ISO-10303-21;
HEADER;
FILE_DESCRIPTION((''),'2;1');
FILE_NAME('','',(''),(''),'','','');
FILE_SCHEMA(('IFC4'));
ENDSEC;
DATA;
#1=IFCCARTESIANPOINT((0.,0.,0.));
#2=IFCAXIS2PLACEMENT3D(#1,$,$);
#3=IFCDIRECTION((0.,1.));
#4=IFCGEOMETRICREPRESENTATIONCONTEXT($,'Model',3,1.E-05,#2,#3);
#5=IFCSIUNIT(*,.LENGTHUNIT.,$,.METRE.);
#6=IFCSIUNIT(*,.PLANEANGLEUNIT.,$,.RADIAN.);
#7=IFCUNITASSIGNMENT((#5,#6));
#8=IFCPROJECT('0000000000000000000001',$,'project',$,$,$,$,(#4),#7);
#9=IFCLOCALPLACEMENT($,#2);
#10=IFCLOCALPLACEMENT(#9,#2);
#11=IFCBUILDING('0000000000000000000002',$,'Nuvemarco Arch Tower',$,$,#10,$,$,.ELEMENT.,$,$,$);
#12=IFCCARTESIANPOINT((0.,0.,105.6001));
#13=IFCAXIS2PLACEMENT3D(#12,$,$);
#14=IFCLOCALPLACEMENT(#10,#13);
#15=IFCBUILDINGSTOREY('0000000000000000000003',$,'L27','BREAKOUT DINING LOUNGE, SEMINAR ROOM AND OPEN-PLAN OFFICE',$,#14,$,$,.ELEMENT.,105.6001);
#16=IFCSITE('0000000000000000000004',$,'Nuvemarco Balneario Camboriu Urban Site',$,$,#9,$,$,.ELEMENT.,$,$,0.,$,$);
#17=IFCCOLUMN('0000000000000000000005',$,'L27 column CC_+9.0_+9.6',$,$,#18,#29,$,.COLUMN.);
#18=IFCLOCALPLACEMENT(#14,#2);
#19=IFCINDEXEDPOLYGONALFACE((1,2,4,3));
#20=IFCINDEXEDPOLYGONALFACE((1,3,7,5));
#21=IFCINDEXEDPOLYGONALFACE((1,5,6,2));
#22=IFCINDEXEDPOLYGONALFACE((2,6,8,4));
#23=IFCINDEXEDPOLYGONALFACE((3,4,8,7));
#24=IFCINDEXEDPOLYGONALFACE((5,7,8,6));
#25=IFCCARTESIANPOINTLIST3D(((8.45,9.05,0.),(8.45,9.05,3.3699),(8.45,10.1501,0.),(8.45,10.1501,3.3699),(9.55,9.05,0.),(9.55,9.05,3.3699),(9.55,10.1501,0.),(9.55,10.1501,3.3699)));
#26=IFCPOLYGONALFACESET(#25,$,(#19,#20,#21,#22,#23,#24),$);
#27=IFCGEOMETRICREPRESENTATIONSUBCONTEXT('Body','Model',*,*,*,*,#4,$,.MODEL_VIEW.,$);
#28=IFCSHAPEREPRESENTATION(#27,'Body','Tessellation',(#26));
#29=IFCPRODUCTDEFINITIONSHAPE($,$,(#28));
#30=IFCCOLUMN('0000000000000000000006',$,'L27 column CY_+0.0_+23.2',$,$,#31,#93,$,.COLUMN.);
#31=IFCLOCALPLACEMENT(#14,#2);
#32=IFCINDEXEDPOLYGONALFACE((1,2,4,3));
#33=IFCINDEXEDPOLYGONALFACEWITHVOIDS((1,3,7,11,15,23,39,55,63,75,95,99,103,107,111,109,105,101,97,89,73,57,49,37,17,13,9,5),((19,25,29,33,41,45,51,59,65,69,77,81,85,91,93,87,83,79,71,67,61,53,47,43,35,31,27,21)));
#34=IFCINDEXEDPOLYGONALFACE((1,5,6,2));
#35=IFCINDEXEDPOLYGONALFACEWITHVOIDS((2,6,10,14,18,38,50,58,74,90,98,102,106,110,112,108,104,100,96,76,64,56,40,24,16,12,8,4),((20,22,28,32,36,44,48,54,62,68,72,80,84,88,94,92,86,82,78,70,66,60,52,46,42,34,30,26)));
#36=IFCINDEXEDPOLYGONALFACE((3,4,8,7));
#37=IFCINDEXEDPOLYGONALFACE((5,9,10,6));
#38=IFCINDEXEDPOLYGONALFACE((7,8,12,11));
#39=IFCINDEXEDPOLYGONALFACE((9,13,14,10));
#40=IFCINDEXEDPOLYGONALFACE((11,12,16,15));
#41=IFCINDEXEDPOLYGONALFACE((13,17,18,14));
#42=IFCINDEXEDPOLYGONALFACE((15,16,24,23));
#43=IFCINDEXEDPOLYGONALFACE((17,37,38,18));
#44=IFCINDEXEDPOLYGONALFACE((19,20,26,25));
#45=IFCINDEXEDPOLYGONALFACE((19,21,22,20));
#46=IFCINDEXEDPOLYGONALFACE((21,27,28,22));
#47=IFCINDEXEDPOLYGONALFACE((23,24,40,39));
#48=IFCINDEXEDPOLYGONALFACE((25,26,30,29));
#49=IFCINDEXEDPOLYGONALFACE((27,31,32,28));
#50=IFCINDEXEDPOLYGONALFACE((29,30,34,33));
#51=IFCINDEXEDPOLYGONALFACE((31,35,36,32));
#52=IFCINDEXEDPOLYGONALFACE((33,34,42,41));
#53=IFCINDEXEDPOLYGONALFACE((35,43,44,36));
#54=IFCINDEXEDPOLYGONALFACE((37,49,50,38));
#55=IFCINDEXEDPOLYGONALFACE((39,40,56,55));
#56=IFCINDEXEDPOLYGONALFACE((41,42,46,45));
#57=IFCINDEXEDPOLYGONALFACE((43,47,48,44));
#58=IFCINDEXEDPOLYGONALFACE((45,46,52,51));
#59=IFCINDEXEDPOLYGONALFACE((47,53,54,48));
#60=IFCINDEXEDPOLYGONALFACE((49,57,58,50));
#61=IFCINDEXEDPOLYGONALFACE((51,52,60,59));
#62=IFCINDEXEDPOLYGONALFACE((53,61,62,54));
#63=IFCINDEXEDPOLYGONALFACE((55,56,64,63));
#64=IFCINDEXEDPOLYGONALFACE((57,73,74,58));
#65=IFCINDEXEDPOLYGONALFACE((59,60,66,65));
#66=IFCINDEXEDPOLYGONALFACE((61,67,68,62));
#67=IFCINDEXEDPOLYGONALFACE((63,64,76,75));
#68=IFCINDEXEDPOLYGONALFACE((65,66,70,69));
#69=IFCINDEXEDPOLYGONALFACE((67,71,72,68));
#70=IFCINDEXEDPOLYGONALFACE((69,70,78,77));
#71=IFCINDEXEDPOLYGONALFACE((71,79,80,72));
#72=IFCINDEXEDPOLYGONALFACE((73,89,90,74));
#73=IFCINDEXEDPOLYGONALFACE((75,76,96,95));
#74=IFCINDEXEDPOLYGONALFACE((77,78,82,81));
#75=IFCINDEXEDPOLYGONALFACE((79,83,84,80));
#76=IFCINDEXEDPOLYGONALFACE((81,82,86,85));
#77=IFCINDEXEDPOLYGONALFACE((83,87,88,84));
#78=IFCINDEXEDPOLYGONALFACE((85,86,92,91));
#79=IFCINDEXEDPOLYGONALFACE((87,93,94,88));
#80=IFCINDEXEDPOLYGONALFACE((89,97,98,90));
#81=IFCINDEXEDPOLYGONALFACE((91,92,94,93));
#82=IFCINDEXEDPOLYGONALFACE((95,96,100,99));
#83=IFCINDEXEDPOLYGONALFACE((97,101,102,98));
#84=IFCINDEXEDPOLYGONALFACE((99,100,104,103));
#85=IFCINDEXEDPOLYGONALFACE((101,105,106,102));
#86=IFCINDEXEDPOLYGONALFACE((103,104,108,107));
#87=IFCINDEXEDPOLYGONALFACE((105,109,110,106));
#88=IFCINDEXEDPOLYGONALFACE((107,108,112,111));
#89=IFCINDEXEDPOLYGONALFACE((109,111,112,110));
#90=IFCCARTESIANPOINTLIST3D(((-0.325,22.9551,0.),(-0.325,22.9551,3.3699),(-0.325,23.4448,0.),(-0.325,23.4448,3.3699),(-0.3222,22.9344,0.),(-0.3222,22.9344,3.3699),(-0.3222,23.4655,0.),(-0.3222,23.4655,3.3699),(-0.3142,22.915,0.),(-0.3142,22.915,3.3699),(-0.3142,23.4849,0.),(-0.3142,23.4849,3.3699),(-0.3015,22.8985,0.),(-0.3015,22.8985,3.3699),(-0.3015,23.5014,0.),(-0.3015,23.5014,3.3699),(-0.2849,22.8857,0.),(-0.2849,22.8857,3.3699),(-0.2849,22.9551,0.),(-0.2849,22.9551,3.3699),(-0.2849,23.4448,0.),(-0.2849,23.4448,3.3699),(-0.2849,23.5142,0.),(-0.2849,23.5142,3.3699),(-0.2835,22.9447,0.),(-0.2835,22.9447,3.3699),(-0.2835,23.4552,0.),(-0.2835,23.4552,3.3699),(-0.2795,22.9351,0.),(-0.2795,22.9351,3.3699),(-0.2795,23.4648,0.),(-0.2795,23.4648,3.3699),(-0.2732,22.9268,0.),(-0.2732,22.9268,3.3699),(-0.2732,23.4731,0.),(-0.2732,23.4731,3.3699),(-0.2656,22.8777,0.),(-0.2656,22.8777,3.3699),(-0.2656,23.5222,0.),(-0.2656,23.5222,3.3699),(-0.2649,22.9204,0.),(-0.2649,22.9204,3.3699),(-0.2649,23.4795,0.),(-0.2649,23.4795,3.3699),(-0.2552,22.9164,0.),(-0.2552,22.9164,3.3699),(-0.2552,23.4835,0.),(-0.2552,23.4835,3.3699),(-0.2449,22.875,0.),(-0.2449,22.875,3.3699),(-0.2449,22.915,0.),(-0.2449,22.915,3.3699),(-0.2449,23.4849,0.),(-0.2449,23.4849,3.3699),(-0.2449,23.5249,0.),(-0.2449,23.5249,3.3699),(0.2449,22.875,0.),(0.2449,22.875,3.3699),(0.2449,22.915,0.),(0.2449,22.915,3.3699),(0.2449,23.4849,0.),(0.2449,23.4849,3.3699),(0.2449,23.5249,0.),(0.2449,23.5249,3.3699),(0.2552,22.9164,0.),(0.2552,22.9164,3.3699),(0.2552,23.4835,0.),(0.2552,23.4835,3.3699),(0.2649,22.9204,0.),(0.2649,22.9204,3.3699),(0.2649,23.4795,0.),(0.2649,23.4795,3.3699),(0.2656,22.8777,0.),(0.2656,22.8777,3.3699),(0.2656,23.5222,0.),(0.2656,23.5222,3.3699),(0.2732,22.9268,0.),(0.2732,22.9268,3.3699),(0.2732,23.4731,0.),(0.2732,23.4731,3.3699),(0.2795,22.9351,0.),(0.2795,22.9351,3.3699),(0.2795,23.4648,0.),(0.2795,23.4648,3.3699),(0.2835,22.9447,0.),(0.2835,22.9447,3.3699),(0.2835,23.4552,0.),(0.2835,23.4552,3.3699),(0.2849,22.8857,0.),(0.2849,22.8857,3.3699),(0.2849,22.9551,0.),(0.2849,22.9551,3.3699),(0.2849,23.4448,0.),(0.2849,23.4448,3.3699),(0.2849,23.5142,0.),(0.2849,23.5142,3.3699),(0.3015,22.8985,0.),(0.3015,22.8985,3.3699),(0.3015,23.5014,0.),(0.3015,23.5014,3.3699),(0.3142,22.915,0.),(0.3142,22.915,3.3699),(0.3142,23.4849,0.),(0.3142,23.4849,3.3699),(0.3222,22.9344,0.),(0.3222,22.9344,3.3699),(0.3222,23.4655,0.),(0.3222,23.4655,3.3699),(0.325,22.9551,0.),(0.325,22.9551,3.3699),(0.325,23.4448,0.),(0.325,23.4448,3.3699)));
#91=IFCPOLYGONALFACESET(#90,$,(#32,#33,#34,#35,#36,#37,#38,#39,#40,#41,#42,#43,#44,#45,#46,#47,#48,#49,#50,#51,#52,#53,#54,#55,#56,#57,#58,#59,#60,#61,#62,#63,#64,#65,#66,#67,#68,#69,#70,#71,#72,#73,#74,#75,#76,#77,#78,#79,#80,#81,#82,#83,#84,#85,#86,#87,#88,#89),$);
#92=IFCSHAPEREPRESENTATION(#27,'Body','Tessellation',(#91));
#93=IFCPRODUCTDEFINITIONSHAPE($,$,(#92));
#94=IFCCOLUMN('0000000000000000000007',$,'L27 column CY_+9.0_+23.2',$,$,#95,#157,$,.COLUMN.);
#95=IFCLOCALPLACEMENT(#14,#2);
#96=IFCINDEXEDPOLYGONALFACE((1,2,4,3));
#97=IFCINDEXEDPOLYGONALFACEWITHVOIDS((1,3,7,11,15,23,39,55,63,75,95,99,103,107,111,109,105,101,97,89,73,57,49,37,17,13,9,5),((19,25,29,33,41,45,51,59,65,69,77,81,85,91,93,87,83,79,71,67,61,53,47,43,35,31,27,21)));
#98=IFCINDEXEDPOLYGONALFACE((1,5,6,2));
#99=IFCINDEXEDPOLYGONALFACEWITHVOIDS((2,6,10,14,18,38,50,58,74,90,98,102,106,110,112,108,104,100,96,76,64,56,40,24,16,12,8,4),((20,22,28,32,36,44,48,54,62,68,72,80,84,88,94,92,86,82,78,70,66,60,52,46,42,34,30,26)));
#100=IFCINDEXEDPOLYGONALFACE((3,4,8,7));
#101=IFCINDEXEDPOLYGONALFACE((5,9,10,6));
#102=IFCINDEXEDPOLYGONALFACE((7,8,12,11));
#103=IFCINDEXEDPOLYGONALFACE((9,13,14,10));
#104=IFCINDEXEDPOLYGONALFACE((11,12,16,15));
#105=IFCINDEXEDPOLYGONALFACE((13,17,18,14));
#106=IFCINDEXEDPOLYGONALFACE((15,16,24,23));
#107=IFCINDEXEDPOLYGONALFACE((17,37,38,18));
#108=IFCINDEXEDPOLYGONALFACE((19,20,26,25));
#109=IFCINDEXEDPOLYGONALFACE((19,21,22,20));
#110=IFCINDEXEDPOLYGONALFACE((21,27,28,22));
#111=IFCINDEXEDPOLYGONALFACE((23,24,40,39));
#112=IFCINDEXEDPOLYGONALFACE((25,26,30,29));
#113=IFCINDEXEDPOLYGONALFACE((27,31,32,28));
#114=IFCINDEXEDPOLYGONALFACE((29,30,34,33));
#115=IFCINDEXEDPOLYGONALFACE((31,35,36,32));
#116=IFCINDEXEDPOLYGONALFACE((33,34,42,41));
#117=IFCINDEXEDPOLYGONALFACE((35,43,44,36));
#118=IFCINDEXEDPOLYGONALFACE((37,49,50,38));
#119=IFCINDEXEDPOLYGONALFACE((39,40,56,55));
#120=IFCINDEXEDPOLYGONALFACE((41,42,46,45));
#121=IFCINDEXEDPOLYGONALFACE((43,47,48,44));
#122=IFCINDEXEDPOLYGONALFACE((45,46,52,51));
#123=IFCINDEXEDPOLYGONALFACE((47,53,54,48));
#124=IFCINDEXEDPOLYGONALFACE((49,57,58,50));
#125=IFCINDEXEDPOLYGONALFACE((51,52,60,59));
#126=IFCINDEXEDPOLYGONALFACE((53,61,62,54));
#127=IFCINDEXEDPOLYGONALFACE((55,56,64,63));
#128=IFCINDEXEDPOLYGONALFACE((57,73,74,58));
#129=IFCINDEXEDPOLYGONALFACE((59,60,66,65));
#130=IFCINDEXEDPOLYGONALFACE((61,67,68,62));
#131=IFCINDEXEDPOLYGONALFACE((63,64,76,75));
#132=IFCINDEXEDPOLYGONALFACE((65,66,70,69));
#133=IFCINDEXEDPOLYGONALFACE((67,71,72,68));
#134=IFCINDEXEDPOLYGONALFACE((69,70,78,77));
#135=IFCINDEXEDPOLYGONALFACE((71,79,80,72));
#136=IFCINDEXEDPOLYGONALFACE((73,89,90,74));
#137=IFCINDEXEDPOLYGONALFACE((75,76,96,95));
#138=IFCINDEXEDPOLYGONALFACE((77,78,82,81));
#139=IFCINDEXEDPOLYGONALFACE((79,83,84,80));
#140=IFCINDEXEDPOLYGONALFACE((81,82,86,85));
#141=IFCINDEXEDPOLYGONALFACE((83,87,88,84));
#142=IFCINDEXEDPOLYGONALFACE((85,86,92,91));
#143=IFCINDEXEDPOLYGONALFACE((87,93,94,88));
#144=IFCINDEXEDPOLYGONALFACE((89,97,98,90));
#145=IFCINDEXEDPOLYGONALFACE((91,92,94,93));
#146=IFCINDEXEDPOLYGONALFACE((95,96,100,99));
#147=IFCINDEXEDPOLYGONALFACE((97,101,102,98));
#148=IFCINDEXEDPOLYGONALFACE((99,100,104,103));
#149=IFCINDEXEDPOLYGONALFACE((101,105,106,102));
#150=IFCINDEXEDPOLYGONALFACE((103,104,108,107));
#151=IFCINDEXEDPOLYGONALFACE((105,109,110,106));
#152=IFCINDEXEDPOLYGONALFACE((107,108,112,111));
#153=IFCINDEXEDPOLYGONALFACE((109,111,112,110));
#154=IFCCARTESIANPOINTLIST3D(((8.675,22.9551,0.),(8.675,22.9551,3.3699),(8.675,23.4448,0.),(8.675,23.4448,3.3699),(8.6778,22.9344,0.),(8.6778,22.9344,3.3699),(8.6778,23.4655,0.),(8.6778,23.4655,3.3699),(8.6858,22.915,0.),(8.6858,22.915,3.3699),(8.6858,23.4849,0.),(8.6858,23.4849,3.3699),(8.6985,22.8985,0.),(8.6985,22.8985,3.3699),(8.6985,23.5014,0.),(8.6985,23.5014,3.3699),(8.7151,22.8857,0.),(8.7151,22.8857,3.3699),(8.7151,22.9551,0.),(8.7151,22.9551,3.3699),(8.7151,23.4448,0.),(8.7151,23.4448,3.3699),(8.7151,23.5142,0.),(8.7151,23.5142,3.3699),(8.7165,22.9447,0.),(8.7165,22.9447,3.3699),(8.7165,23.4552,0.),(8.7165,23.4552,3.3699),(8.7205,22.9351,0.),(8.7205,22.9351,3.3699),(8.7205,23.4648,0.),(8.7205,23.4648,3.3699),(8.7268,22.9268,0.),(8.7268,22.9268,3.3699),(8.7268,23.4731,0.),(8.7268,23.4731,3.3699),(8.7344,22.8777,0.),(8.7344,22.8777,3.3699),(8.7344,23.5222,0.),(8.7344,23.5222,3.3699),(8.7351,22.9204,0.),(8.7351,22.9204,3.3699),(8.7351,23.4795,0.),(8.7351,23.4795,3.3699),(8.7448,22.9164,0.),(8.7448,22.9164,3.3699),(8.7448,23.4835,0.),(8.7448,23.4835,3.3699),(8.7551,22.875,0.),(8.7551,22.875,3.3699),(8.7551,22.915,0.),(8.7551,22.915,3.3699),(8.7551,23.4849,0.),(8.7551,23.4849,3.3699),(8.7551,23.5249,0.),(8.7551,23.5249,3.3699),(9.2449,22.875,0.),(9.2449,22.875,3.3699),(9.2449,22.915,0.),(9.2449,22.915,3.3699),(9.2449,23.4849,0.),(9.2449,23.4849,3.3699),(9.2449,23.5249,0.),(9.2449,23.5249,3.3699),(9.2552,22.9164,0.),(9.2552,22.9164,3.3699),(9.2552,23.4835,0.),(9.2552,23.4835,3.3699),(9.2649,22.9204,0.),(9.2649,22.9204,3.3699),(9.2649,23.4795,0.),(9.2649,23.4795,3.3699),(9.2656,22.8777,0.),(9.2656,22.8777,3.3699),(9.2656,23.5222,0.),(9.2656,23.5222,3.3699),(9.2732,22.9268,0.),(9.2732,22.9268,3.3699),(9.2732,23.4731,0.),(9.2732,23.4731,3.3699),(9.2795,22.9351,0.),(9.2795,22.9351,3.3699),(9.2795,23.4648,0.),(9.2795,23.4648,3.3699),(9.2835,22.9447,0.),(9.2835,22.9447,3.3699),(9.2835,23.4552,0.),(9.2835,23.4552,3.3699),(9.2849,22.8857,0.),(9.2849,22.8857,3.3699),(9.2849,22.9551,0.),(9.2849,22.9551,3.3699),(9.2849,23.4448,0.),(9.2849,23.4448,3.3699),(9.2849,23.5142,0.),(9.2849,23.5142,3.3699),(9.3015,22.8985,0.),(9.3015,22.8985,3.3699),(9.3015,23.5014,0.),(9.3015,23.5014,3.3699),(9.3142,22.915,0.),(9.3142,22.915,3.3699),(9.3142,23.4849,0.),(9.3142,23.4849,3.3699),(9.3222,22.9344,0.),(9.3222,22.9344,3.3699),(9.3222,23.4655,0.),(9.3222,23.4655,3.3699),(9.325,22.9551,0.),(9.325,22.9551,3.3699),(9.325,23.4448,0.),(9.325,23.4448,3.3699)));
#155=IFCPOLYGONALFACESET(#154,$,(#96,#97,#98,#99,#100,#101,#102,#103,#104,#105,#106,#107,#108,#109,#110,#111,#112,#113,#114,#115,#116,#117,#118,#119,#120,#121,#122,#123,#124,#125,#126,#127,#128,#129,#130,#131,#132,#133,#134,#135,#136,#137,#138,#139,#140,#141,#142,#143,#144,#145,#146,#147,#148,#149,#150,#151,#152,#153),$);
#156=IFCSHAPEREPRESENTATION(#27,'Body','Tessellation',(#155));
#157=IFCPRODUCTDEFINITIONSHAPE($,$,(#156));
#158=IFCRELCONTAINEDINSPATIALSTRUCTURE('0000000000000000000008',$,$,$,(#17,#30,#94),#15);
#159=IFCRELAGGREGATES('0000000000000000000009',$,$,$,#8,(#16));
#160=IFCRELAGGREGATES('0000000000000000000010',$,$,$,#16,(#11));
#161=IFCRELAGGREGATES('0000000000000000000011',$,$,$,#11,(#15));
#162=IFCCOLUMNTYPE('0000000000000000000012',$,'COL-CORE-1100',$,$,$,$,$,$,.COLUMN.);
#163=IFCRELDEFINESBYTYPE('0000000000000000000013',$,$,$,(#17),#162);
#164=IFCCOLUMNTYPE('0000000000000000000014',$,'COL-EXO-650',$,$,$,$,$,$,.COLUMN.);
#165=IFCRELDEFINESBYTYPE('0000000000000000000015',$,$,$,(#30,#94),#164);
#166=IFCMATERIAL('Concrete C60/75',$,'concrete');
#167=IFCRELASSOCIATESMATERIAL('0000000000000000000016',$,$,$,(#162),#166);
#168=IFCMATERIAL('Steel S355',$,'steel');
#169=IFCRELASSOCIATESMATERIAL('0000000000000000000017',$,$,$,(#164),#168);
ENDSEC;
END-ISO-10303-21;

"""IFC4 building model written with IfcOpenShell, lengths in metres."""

from ifc_helpers import new_model, si_unit, direction, frame, origin, origin_2d, place, context, subcontext, project, spatial, rectangle, hollow_rectangle, extrude, material, material_profile, profile_set, type_object, element, save


model = new_model("IFC4")

# Units and contexts
model_context = context("Model", 3, precision=1e-05, world=origin(), true_north=direction((0.0, 1.0)))
body_context = subcontext(model_context, "Body", "Model", "MODEL_VIEW")
ifc_project = project(units=[si_unit("LENGTHUNIT", "METRE"), si_unit("PLANEANGLEUNIT", "RADIAN")], contexts=[model_context])

# Site, building, storey
site_placement = place(None, origin())
site = spatial("IfcSite", under=ifc_project, at=site_placement, Name="Nuvemarco Balneario Camboriu Urban Site", CompositionType="ELEMENT", RefElevation=0.0)
building_placement = place(site_placement, origin())
building = spatial("IfcBuilding", under=site, at=building_placement, Name="Nuvemarco Arch Tower", CompositionType="ELEMENT")
storey_placement = place(building_placement, frame((0.0, 0.0, 105.6001)))
storey = spatial("IfcBuildingStorey", under=building, at=storey_placement, Name="L27", Description="BREAKOUT DINING LOUNGE, SEMINAR ROOM AND OPEN-PLAN OFFICE", CompositionType="ELEMENT", Elevation=105.6001)

# Columns
ifc_material_1 = material(Name="Concrete C60/75", Category="concrete")
ifc_material_profile_1 = material_profile(ifc_material_1, rectangle(XDim=1.1001, YDim=1.1001, at=origin_2d()), Name="RC-COL-1100x1100")
ifc_profile_set_1 = profile_set([ifc_material_profile_1], Name="Concrete C60/75")
column_type_1 = type_object("IfcColumnType", Name="COL-CORE-1100", PredefinedType="COLUMN", material=ifc_profile_set_1)
column_placement = place(storey_placement, frame((9.0, 9.6001, 0.0), z_axis=(0.0, 0.0, 1.0), x_axis=(1.0, 0.0, 0.0)))
element("IfcColumn", 1, at=column_placement, inside=storey, type_object=column_type_1, Name="L27 column CC_+9.0_+9.6", PredefinedType="COLUMN", context=body_context, shape_type="SweptSolid", body=[
    extrude(rectangle(XDim=1.1001, YDim=1.1001, at=origin_2d()), origin(), (0.0, 0.0, 1.0), 3.3699),
])
ifc_material_2 = material(Name="Steel S355", Category="steel")
ifc_material_profile_2 = material_profile(ifc_material_2, hollow_rectangle(XDim=0.6499, YDim=0.6499, WallThickness=0.04, InnerFilletRadius=0.04, OuterFilletRadius=0.0801, at=origin_2d()), Name="SHS650x650x40")
ifc_profile_set_2 = profile_set([ifc_material_profile_2], Name="Steel S355")
column_type_2 = type_object("IfcColumnType", Name="COL-EXO-650", PredefinedType="COLUMN", material=ifc_profile_set_2)
for number, where, z_axis, x_axis, name in (
    (2, (0.0, 23.2, 0.0), (0.0, 0.0, 1.0), (1.0, 0.0, 0.0), "L27 column CY_+0.0_+23.2"),
    (3, (9.0, 23.2, 0.0), (0.0, 0.0, 1.0), (1.0, 0.0, 0.0), "L27 column CY_+9.0_+23.2"),
):
    element("IfcColumn", number, at=place(storey_placement, frame(where, z_axis=z_axis, x_axis=x_axis)), inside=storey, type_object=column_type_2, Name=name, PredefinedType="COLUMN", context=body_context, shape_type="SweptSolid", body=[
        extrude(hollow_rectangle(XDim=0.6499, YDim=0.6499, WallThickness=0.04, InnerFilletRadius=0.04, OuterFilletRadius=0.0801, at=origin_2d()), origin(), (0.0, 0.0, 1.0), 3.3699),
    ])

save(model, "model.ifc")
